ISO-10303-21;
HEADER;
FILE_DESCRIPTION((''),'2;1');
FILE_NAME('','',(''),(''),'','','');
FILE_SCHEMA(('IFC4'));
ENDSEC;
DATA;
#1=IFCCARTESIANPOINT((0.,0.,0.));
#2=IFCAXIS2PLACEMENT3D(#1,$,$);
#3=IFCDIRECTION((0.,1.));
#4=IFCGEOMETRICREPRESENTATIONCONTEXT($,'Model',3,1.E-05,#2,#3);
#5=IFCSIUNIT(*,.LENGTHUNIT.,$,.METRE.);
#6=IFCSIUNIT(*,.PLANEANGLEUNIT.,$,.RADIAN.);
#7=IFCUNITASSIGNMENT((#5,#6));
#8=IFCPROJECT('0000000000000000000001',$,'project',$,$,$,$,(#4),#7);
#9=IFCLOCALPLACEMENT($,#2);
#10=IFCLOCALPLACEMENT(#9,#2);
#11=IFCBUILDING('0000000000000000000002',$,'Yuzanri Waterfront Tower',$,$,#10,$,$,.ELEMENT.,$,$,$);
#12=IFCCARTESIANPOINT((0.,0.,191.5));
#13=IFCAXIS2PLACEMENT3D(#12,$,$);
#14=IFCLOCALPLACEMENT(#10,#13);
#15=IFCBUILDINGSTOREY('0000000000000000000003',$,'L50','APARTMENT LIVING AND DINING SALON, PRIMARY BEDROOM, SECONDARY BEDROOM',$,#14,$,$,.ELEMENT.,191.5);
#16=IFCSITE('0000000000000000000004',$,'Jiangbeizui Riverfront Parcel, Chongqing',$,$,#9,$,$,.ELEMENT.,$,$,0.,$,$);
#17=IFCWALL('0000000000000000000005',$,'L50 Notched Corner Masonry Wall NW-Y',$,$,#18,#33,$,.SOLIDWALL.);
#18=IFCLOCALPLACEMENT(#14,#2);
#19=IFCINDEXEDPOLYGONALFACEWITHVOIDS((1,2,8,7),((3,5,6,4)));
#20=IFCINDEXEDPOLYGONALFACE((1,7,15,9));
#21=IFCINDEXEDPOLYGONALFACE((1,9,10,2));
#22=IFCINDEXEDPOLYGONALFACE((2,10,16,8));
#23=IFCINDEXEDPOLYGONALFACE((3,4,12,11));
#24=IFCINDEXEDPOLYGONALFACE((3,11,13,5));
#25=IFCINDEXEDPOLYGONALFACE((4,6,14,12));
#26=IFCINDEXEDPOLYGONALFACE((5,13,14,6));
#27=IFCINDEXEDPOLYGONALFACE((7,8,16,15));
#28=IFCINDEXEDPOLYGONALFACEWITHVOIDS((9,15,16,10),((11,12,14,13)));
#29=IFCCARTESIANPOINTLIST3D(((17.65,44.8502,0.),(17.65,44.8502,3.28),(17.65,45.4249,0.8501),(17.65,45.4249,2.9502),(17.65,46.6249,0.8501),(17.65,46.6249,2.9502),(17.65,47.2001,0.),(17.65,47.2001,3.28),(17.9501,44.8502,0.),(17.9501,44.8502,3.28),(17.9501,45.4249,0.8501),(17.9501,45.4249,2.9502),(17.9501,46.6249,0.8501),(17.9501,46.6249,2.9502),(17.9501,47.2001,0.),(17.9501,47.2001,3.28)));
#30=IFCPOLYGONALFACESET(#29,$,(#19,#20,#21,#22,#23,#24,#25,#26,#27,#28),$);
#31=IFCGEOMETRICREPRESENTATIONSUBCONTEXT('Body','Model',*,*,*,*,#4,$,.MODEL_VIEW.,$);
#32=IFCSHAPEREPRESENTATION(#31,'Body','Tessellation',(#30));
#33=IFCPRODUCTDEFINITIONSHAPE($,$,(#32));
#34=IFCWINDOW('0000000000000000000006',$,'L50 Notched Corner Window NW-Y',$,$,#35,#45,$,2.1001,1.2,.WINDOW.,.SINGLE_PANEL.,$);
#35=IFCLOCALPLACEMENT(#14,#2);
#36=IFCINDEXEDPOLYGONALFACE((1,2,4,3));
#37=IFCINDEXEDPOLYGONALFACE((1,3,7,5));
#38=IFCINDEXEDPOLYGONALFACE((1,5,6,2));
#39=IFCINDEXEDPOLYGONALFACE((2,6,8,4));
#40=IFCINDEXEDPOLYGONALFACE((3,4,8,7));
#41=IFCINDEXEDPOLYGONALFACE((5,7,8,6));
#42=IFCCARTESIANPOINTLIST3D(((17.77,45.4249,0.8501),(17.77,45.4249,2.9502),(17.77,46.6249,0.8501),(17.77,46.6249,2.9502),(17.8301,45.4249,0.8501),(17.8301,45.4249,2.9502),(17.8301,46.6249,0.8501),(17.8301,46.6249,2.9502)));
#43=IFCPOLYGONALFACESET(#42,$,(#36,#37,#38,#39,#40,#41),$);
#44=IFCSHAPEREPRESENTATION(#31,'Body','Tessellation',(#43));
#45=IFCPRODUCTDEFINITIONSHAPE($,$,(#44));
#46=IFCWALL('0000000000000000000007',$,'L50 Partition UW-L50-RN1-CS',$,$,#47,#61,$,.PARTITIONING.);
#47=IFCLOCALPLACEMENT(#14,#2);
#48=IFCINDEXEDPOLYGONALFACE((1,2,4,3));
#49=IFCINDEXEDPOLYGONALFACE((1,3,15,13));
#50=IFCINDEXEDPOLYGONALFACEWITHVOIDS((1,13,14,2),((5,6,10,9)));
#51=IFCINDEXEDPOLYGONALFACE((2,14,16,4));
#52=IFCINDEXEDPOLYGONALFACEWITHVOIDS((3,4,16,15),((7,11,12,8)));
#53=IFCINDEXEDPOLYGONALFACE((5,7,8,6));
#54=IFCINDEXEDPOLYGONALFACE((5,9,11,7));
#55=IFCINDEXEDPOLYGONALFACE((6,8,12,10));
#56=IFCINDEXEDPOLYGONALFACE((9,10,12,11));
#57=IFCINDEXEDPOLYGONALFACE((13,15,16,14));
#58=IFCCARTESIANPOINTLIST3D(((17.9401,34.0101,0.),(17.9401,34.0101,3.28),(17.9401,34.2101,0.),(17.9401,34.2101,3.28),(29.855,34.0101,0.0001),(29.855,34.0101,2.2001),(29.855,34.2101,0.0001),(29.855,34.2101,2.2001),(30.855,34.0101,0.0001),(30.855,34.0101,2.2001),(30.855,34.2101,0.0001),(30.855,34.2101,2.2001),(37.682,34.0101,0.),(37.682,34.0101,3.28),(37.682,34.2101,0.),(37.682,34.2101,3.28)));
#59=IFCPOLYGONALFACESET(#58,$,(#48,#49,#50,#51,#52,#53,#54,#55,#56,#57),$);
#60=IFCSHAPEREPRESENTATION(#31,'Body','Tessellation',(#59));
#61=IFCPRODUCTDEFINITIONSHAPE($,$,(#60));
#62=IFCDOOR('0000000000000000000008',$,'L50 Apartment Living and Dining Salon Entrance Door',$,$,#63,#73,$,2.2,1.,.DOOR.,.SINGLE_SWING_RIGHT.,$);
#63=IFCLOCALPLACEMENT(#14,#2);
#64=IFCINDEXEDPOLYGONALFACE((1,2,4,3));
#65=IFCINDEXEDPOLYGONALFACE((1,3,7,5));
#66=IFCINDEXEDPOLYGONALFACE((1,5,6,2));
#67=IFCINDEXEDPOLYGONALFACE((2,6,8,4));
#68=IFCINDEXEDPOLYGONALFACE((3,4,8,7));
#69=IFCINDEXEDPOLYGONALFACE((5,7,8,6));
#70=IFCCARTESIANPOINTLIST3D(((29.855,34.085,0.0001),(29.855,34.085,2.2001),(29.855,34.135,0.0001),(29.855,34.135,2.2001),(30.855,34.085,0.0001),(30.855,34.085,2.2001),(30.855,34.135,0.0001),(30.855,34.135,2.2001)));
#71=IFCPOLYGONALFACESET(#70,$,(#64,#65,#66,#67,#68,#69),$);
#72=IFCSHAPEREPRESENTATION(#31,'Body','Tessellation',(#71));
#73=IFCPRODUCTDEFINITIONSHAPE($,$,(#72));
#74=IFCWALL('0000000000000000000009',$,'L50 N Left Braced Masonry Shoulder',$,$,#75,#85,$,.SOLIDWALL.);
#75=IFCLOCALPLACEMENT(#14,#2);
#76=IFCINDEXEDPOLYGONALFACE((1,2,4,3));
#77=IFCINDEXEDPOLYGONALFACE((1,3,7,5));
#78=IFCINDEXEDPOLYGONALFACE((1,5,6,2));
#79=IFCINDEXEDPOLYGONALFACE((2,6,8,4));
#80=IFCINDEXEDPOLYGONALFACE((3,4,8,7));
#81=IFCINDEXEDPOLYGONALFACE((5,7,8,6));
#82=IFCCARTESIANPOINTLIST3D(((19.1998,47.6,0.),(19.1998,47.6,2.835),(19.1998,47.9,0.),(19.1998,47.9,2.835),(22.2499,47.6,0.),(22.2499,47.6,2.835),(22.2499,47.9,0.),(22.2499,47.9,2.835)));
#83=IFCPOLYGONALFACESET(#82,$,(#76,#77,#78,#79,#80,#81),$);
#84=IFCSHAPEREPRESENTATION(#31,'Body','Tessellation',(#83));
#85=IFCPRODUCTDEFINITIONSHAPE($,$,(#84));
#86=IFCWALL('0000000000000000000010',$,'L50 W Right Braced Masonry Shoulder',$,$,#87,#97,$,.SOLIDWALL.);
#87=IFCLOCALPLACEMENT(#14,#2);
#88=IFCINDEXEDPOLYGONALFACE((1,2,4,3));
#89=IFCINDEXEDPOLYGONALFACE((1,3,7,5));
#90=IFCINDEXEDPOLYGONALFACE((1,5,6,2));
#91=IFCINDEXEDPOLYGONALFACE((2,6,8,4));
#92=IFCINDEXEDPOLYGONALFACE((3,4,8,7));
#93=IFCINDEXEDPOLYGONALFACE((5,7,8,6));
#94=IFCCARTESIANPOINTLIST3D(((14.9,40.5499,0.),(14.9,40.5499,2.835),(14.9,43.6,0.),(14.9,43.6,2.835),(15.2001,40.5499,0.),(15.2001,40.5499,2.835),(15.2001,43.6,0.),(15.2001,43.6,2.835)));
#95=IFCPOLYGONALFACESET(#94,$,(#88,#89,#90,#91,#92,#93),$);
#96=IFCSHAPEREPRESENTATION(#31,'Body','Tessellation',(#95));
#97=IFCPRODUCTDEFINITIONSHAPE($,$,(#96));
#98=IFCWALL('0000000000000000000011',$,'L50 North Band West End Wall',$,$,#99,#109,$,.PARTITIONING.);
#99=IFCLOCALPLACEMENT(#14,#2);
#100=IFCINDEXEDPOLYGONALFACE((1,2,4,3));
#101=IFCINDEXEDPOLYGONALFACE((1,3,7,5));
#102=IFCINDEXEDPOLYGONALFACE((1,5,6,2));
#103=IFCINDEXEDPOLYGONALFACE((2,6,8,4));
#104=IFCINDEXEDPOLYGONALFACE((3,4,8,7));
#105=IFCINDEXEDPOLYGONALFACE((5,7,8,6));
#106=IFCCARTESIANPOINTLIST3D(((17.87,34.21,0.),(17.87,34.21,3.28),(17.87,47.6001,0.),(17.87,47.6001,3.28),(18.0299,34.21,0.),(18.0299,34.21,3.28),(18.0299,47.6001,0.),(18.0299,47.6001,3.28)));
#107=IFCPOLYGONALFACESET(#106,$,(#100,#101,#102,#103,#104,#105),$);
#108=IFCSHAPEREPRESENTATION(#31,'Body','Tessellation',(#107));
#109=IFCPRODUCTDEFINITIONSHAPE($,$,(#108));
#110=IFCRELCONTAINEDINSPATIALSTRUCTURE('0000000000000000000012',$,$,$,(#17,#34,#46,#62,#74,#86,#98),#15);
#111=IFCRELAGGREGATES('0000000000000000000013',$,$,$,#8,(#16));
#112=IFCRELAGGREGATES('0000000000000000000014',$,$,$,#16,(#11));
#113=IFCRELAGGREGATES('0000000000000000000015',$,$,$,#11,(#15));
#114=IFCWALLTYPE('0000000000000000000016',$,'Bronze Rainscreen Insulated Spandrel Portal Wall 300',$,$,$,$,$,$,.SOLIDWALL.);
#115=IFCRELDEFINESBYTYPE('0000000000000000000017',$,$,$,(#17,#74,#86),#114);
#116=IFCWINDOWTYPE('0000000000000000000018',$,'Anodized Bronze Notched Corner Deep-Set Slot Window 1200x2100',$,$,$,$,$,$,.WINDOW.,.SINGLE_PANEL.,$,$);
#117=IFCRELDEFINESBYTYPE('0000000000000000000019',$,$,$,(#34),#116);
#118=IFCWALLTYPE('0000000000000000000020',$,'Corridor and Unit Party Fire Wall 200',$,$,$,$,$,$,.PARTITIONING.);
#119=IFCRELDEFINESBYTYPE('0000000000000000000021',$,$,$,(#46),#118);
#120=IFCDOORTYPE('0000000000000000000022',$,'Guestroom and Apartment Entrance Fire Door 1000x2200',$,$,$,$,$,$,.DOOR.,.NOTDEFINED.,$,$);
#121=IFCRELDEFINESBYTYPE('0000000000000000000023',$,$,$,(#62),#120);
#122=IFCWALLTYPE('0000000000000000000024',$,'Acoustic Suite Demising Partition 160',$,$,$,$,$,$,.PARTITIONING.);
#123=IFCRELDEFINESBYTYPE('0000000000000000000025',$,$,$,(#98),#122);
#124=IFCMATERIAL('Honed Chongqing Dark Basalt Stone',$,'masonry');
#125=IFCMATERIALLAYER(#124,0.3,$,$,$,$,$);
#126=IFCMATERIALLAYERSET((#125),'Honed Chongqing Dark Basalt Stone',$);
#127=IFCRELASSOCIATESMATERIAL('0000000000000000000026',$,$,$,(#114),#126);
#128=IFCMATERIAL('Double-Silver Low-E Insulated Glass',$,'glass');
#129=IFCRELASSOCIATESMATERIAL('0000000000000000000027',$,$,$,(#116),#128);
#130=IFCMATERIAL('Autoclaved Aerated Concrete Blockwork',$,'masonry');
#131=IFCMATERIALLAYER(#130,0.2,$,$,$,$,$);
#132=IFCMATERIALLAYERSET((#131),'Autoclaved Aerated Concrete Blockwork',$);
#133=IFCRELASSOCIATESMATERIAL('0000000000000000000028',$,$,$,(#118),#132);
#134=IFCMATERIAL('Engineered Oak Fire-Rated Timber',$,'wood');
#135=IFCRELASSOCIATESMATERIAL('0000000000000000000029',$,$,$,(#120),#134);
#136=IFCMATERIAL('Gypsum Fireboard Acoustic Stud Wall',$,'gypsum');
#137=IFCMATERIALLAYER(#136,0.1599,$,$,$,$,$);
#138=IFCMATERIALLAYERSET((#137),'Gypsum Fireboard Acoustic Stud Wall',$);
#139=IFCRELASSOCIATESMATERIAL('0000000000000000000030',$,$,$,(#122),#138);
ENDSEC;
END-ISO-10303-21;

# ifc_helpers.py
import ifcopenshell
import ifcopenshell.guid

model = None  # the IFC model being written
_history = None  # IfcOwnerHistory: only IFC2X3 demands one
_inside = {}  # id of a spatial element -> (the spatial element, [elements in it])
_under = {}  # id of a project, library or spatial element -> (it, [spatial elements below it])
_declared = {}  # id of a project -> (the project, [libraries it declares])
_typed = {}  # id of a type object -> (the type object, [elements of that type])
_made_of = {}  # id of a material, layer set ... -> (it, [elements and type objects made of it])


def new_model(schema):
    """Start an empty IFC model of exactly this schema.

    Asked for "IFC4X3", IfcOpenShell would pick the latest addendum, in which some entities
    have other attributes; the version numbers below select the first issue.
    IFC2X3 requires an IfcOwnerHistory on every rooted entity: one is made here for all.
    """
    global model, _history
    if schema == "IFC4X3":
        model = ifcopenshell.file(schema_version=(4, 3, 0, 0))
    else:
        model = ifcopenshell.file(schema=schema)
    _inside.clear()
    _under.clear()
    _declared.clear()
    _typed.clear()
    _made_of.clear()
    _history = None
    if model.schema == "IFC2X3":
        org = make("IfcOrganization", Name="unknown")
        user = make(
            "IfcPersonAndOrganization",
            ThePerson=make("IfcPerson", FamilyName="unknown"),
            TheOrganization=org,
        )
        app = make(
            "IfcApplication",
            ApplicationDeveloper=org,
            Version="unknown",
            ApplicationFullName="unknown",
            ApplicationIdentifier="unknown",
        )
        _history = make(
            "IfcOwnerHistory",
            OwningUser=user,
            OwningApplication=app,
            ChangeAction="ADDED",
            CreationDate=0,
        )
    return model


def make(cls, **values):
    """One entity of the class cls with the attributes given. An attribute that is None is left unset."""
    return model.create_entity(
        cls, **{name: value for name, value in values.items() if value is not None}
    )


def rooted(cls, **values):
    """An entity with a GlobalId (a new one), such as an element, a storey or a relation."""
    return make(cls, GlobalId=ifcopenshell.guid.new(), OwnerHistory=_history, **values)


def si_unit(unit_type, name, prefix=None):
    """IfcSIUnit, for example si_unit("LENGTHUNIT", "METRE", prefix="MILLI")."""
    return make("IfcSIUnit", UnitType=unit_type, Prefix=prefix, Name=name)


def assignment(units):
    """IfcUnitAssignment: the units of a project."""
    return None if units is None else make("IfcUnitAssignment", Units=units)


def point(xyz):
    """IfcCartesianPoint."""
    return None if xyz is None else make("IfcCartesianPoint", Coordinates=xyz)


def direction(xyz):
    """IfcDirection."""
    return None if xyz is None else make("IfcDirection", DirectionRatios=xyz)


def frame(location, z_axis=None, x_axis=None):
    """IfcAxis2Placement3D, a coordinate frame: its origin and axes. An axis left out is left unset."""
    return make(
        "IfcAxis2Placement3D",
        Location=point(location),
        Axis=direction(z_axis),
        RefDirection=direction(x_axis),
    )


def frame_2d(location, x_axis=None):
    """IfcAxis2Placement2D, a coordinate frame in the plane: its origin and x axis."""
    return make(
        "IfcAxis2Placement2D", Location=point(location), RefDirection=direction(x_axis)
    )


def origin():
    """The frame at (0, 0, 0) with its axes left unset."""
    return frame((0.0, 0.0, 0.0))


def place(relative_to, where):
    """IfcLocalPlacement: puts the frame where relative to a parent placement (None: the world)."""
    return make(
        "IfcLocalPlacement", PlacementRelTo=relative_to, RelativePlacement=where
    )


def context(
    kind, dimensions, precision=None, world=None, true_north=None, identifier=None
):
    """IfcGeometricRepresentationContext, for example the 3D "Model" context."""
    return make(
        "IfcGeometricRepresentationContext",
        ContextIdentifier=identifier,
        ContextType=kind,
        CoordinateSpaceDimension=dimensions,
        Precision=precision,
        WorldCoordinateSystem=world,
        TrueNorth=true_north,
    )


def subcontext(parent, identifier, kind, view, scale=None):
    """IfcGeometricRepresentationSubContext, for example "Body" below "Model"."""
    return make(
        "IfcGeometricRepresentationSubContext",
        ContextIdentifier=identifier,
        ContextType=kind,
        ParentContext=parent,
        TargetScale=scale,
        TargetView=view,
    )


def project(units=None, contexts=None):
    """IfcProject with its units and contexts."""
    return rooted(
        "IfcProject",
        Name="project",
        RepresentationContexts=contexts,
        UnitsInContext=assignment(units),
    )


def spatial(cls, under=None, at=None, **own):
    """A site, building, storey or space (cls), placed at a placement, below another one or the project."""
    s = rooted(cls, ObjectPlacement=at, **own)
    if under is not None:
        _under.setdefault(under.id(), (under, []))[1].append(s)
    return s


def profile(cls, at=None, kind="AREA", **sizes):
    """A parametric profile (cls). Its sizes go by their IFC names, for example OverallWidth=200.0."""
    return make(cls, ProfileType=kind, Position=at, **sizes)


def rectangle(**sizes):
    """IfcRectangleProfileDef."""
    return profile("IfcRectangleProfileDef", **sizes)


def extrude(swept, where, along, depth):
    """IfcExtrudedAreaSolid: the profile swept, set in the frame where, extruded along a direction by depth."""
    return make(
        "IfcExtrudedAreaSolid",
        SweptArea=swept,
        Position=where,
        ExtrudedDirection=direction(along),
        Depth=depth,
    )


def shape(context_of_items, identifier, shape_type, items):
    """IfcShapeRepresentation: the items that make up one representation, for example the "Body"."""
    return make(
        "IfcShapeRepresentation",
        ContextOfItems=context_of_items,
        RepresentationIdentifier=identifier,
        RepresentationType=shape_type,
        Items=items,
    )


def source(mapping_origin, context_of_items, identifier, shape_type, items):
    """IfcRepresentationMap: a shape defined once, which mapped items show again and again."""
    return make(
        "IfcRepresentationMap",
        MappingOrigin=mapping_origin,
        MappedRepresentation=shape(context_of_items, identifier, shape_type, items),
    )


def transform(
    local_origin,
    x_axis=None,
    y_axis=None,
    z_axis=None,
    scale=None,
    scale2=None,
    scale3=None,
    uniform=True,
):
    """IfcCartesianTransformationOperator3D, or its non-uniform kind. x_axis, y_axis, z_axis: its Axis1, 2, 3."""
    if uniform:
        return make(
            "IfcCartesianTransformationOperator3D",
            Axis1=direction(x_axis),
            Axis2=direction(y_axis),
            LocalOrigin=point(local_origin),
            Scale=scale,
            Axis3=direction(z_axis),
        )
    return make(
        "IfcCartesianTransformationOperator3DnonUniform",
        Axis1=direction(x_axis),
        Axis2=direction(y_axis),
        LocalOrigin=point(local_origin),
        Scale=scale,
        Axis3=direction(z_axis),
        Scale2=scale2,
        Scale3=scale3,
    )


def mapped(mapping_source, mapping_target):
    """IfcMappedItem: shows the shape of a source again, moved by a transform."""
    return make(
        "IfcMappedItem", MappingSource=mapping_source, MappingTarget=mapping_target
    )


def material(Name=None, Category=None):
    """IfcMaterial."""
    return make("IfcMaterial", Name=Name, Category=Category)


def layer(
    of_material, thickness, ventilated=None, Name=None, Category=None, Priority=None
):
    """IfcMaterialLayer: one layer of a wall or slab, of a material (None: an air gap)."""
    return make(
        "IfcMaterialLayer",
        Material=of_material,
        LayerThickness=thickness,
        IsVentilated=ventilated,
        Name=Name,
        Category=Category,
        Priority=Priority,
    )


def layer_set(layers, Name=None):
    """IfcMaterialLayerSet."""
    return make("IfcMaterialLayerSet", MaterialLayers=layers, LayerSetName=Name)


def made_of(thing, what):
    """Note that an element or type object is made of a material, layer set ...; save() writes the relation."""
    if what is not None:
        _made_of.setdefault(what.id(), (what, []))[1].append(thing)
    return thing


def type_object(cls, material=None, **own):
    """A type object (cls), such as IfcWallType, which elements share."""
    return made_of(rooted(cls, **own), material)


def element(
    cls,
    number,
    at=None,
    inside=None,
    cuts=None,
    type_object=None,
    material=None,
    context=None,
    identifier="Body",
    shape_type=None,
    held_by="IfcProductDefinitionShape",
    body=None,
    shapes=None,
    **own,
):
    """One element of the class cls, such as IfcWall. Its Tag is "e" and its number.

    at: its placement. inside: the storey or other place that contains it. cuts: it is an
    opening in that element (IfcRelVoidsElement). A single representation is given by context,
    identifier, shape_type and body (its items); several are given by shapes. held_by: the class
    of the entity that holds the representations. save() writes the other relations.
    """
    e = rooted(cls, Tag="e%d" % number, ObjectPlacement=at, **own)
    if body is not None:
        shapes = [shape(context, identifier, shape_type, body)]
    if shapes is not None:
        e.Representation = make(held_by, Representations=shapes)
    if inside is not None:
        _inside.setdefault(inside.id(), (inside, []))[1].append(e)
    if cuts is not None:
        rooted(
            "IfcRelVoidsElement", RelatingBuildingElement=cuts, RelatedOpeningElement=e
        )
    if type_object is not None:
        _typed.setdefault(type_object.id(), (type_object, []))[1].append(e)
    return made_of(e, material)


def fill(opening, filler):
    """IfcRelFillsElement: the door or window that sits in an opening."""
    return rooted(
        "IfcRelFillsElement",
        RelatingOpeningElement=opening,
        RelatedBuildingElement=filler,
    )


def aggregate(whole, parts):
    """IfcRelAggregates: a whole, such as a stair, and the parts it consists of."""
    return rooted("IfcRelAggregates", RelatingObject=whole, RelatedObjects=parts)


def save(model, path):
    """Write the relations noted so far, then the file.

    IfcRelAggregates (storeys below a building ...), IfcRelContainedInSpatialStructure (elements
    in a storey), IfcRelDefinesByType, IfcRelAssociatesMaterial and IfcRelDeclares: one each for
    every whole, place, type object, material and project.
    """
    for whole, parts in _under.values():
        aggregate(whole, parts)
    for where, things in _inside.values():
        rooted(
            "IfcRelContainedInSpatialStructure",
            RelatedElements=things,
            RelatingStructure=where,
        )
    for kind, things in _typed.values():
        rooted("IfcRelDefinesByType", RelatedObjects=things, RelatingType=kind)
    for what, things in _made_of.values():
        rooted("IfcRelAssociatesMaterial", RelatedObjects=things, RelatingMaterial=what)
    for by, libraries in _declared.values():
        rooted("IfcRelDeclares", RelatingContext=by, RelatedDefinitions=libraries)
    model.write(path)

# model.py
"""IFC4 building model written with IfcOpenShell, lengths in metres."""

from ifc_helpers import new_model, si_unit, direction, frame, frame_2d, origin, place, context, subcontext, project, spatial, rectangle, extrude, source, transform, mapped, material, layer, layer_set, type_object, element, fill, save


model = new_model("IFC4")

# Units and contexts
model_context = context("Model", 3, precision=1e-05, world=origin(), true_north=direction((0.0, 1.0)))
body_context = subcontext(model_context, "Body", "Model", "MODEL_VIEW")
ifc_project = project(units=[si_unit("LENGTHUNIT", "METRE"), si_unit("PLANEANGLEUNIT", "RADIAN")], contexts=[model_context])

# Site, building, storey
site_placement = place(None, origin())
site = spatial("IfcSite", under=ifc_project, at=site_placement, Name="Jiangbeizui Riverfront Parcel, Chongqing", CompositionType="ELEMENT", RefElevation=0.0)
building_placement = place(site_placement, origin())
building = spatial("IfcBuilding", under=site, at=building_placement, Name="Yuzanri Waterfront Tower", CompositionType="ELEMENT")
storey_placement = place(building_placement, frame((0.0, 0.0, 191.5)))
storey = spatial("IfcBuildingStorey", under=building, at=storey_placement, Name="L50", Description="APARTMENT LIVING AND DINING SALON, PRIMARY BEDROOM, SECONDARY BEDROOM", CompositionType="ELEMENT", Elevation=191.5)

# Wall, opening, window
ifc_material_1 = material(Name="Honed Chongqing Dark Basalt Stone", Category="masonry")
ifc_layer_1 = layer(ifc_material_1, 0.3)
ifc_layer_set_1 = layer_set([ifc_layer_1], Name="Honed Chongqing Dark Basalt Stone")
wall_type_1 = type_object("IfcWallType", Name="Bronze Rainscreen Insulated Spandrel Portal Wall 300", PredefinedType="SOLIDWALL", material=ifc_layer_set_1)
wall_1_placement = place(storey_placement, frame((17.8, 47.2, 0.0), z_axis=(0.0, 0.0, 1.0), x_axis=(0.0, -1.0, 0.0)))
wall_1 = element("IfcWall", 1, at=wall_1_placement, inside=storey, type_object=wall_type_1, Name="L50 Notched Corner Masonry Wall NW-Y", PredefinedType="SOLIDWALL", context=body_context, shape_type="SweptSolid", body=[
    extrude(rectangle(XDim=2.3499, YDim=0.3, at=frame_2d((1.1748, 0.0))), origin(), (0.0, 0.0, 1.0), 3.28),
])
opening_1_placement = place(wall_1_placement, frame((0.575, 0.0, 0.8501)))
opening_1 = element("IfcOpeningElement", 2, at=opening_1_placement, cuts=wall_1, PredefinedType="OPENING", context=body_context, shape_type="SweptSolid", body=[
    extrude(rectangle(XDim=1.2, YDim=2.1001, at=frame_2d((0.6001, 1.05))), frame((0.0, 0.165, 0.0), z_axis=(0.0, -1.0, 0.0), x_axis=(1.0, 0.0, 0.0)), (0.0, 0.0, 1.0), 0.3298),
])
ifc_material_2 = material(Name="Double-Silver Low-E Insulated Glass", Category="glass")
window_type_1 = type_object("IfcWindowType", Name="Anodized Bronze Notched Corner Deep-Set Slot Window 1200x2100", PartitioningType="SINGLE_PANEL", PredefinedType="WINDOW", material=ifc_material_2)
shared_shape_1 = source(origin(), body_context, "Body", "SweptSolid", [
    extrude(rectangle(XDim=1.2, YDim=2.1001, at=frame_2d((0.6001, 1.05))), frame((0.0, 0.03, 0.0), z_axis=(0.0, -1.0, 0.0), x_axis=(1.0, 0.0, 0.0)), (0.0, 0.0, 1.0), 0.0601),
])
window_1_placement = place(opening_1_placement, origin())
window_1 = element("IfcWindow", 3, at=window_1_placement, inside=storey, type_object=window_type_1, Name="L50 Notched Corner Window NW-Y", OverallHeight=2.1001, OverallWidth=1.2, PartitioningType="SINGLE_PANEL", PredefinedType="WINDOW", context=body_context, shape_type="MappedRepresentation", body=[
    mapped(shared_shape_1, transform((0.0, 0.0, 0.0), scale=1.0)),
])
fill(opening_1, window_1)

# Wall, opening, door
ifc_material_3 = material(Name="Autoclaved Aerated Concrete Blockwork", Category="masonry")
ifc_layer_2 = layer(ifc_material_3, 0.2)
ifc_layer_set_2 = layer_set([ifc_layer_2], Name="Autoclaved Aerated Concrete Blockwork")
wall_type_2 = type_object("IfcWallType", Name="Corridor and Unit Party Fire Wall 200", PredefinedType="PARTITIONING", material=ifc_layer_set_2)
wall_2_placement = place(storey_placement, frame((17.9399, 34.1101, 0.0), z_axis=(0.0, 0.0, 1.0), x_axis=(1.0, 0.0, 0.0)))
wall_2 = element("IfcWall", 4, at=wall_2_placement, inside=storey, type_object=wall_type_2, Name="L50 Partition UW-L50-RN1-CS", PredefinedType="PARTITIONING", context=body_context, shape_type="SweptSolid", body=[
    extrude(rectangle(XDim=19.7419, YDim=0.2, at=frame_2d((9.8711, 0.0))), origin(), (0.0, 0.0, 1.0), 3.28),
])
opening_2_placement = place(wall_2_placement, frame((11.915, 0.0, 0.0)))
opening_2 = element("IfcOpeningElement", 5, at=opening_2_placement, cuts=wall_2, PredefinedType="OPENING", context=body_context, shape_type="SweptSolid", body=[
    extrude(rectangle(XDim=1.0, YDim=2.2, at=frame_2d((0.5, 1.1001))), frame((0.0, 0.1147, 0.0), z_axis=(0.0, -1.0, 0.0), x_axis=(1.0, 0.0, 0.0)), (0.0, 0.0, 1.0), 0.2297),
])
ifc_material_4 = material(Name="Engineered Oak Fire-Rated Timber", Category="wood")
door_type_1 = type_object("IfcDoorType", Name="Guestroom and Apartment Entrance Fire Door 1000x2200", OperationType="NOTDEFINED", PredefinedType="DOOR", material=ifc_material_4)
shared_shape_2 = source(origin(), body_context, "Body", "SweptSolid", [
    extrude(rectangle(XDim=1.0, YDim=2.2, at=frame_2d((0.5, 1.1001))), frame((0.0, 0.0249, 0.0), z_axis=(0.0, -1.0, 0.0), x_axis=(1.0, 0.0, 0.0)), (0.0, 0.0, 1.0), 0.05),
])
door_1_placement = place(opening_2_placement, origin())
door_1 = element("IfcDoor", 6, at=door_1_placement, inside=storey, type_object=door_type_1, Name="L50 Apartment Living and Dining Salon Entrance Door", OperationType="SINGLE_SWING_RIGHT", OverallHeight=2.2, OverallWidth=1.0, PredefinedType="DOOR", context=body_context, shape_type="MappedRepresentation", body=[
    mapped(shared_shape_2, transform((0.0, 0.0, 0.0), scale=1.0)),
])
fill(opening_2, door_1)

# Walls
shared_shape_3 = source(origin(), body_context, "Body", "SweptSolid", [
    extrude(rectangle(XDim=3.05, YDim=0.3, at=frame_2d((1.5249, 0.0))), origin(), (0.0, 0.0, 1.0), 2.835),
])
for number, where, z_axis, x_axis, name in (
    (7, (19.2, 47.75, 0.0), (0.0, 0.0, 1.0), (1.0, 0.0, 0.0), "L50 N Left Braced Masonry Shoulder"),
    (8, (15.05, 40.55, 0.0), (0.0, 0.0, 1.0), (0.0, 1.0, 0.0), "L50 W Right Braced Masonry Shoulder"),
):
    element("IfcWall", number, at=place(storey_placement, frame(where, z_axis=z_axis, x_axis=x_axis)), inside=storey, type_object=wall_type_1, Name=name, PredefinedType="SOLIDWALL", context=body_context, shape_type="MappedRepresentation", body=[
        mapped(shared_shape_3, transform((0.0, 0.0, 0.0), scale=1.0)),
    ])
ifc_material_5 = material(Name="Gypsum Fireboard Acoustic Stud Wall", Category="gypsum")
ifc_layer_3 = layer(ifc_material_5, 0.1599)
ifc_layer_set_3 = layer_set([ifc_layer_3], Name="Gypsum Fireboard Acoustic Stud Wall")
wall_type_3 = type_object("IfcWallType", Name="Acoustic Suite Demising Partition 160", PredefinedType="PARTITIONING", material=ifc_layer_set_3)
shared_shape_4 = source(origin(), body_context, "Body", "SweptSolid", [
    extrude(rectangle(XDim=13.3901, YDim=0.1599, at=frame_2d((6.6951, 0.0))), origin(), (0.0, 0.0, 1.0), 3.28),
])
wall_3_placement = place(storey_placement, frame((17.95, 34.21, 0.0), z_axis=(0.0, 0.0, 1.0), x_axis=(0.0, 1.0, 0.0)))
element("IfcWall", 9, at=wall_3_placement, inside=storey, type_object=wall_type_3, Name="L50 North Band West End Wall", PredefinedType="PARTITIONING", context=body_context, shape_type="MappedRepresentation", body=[
    mapped(shared_shape_4, transform((0.0, 0.0, 0.0), scale=1.0)),
])

save(model, "model.ifc")
